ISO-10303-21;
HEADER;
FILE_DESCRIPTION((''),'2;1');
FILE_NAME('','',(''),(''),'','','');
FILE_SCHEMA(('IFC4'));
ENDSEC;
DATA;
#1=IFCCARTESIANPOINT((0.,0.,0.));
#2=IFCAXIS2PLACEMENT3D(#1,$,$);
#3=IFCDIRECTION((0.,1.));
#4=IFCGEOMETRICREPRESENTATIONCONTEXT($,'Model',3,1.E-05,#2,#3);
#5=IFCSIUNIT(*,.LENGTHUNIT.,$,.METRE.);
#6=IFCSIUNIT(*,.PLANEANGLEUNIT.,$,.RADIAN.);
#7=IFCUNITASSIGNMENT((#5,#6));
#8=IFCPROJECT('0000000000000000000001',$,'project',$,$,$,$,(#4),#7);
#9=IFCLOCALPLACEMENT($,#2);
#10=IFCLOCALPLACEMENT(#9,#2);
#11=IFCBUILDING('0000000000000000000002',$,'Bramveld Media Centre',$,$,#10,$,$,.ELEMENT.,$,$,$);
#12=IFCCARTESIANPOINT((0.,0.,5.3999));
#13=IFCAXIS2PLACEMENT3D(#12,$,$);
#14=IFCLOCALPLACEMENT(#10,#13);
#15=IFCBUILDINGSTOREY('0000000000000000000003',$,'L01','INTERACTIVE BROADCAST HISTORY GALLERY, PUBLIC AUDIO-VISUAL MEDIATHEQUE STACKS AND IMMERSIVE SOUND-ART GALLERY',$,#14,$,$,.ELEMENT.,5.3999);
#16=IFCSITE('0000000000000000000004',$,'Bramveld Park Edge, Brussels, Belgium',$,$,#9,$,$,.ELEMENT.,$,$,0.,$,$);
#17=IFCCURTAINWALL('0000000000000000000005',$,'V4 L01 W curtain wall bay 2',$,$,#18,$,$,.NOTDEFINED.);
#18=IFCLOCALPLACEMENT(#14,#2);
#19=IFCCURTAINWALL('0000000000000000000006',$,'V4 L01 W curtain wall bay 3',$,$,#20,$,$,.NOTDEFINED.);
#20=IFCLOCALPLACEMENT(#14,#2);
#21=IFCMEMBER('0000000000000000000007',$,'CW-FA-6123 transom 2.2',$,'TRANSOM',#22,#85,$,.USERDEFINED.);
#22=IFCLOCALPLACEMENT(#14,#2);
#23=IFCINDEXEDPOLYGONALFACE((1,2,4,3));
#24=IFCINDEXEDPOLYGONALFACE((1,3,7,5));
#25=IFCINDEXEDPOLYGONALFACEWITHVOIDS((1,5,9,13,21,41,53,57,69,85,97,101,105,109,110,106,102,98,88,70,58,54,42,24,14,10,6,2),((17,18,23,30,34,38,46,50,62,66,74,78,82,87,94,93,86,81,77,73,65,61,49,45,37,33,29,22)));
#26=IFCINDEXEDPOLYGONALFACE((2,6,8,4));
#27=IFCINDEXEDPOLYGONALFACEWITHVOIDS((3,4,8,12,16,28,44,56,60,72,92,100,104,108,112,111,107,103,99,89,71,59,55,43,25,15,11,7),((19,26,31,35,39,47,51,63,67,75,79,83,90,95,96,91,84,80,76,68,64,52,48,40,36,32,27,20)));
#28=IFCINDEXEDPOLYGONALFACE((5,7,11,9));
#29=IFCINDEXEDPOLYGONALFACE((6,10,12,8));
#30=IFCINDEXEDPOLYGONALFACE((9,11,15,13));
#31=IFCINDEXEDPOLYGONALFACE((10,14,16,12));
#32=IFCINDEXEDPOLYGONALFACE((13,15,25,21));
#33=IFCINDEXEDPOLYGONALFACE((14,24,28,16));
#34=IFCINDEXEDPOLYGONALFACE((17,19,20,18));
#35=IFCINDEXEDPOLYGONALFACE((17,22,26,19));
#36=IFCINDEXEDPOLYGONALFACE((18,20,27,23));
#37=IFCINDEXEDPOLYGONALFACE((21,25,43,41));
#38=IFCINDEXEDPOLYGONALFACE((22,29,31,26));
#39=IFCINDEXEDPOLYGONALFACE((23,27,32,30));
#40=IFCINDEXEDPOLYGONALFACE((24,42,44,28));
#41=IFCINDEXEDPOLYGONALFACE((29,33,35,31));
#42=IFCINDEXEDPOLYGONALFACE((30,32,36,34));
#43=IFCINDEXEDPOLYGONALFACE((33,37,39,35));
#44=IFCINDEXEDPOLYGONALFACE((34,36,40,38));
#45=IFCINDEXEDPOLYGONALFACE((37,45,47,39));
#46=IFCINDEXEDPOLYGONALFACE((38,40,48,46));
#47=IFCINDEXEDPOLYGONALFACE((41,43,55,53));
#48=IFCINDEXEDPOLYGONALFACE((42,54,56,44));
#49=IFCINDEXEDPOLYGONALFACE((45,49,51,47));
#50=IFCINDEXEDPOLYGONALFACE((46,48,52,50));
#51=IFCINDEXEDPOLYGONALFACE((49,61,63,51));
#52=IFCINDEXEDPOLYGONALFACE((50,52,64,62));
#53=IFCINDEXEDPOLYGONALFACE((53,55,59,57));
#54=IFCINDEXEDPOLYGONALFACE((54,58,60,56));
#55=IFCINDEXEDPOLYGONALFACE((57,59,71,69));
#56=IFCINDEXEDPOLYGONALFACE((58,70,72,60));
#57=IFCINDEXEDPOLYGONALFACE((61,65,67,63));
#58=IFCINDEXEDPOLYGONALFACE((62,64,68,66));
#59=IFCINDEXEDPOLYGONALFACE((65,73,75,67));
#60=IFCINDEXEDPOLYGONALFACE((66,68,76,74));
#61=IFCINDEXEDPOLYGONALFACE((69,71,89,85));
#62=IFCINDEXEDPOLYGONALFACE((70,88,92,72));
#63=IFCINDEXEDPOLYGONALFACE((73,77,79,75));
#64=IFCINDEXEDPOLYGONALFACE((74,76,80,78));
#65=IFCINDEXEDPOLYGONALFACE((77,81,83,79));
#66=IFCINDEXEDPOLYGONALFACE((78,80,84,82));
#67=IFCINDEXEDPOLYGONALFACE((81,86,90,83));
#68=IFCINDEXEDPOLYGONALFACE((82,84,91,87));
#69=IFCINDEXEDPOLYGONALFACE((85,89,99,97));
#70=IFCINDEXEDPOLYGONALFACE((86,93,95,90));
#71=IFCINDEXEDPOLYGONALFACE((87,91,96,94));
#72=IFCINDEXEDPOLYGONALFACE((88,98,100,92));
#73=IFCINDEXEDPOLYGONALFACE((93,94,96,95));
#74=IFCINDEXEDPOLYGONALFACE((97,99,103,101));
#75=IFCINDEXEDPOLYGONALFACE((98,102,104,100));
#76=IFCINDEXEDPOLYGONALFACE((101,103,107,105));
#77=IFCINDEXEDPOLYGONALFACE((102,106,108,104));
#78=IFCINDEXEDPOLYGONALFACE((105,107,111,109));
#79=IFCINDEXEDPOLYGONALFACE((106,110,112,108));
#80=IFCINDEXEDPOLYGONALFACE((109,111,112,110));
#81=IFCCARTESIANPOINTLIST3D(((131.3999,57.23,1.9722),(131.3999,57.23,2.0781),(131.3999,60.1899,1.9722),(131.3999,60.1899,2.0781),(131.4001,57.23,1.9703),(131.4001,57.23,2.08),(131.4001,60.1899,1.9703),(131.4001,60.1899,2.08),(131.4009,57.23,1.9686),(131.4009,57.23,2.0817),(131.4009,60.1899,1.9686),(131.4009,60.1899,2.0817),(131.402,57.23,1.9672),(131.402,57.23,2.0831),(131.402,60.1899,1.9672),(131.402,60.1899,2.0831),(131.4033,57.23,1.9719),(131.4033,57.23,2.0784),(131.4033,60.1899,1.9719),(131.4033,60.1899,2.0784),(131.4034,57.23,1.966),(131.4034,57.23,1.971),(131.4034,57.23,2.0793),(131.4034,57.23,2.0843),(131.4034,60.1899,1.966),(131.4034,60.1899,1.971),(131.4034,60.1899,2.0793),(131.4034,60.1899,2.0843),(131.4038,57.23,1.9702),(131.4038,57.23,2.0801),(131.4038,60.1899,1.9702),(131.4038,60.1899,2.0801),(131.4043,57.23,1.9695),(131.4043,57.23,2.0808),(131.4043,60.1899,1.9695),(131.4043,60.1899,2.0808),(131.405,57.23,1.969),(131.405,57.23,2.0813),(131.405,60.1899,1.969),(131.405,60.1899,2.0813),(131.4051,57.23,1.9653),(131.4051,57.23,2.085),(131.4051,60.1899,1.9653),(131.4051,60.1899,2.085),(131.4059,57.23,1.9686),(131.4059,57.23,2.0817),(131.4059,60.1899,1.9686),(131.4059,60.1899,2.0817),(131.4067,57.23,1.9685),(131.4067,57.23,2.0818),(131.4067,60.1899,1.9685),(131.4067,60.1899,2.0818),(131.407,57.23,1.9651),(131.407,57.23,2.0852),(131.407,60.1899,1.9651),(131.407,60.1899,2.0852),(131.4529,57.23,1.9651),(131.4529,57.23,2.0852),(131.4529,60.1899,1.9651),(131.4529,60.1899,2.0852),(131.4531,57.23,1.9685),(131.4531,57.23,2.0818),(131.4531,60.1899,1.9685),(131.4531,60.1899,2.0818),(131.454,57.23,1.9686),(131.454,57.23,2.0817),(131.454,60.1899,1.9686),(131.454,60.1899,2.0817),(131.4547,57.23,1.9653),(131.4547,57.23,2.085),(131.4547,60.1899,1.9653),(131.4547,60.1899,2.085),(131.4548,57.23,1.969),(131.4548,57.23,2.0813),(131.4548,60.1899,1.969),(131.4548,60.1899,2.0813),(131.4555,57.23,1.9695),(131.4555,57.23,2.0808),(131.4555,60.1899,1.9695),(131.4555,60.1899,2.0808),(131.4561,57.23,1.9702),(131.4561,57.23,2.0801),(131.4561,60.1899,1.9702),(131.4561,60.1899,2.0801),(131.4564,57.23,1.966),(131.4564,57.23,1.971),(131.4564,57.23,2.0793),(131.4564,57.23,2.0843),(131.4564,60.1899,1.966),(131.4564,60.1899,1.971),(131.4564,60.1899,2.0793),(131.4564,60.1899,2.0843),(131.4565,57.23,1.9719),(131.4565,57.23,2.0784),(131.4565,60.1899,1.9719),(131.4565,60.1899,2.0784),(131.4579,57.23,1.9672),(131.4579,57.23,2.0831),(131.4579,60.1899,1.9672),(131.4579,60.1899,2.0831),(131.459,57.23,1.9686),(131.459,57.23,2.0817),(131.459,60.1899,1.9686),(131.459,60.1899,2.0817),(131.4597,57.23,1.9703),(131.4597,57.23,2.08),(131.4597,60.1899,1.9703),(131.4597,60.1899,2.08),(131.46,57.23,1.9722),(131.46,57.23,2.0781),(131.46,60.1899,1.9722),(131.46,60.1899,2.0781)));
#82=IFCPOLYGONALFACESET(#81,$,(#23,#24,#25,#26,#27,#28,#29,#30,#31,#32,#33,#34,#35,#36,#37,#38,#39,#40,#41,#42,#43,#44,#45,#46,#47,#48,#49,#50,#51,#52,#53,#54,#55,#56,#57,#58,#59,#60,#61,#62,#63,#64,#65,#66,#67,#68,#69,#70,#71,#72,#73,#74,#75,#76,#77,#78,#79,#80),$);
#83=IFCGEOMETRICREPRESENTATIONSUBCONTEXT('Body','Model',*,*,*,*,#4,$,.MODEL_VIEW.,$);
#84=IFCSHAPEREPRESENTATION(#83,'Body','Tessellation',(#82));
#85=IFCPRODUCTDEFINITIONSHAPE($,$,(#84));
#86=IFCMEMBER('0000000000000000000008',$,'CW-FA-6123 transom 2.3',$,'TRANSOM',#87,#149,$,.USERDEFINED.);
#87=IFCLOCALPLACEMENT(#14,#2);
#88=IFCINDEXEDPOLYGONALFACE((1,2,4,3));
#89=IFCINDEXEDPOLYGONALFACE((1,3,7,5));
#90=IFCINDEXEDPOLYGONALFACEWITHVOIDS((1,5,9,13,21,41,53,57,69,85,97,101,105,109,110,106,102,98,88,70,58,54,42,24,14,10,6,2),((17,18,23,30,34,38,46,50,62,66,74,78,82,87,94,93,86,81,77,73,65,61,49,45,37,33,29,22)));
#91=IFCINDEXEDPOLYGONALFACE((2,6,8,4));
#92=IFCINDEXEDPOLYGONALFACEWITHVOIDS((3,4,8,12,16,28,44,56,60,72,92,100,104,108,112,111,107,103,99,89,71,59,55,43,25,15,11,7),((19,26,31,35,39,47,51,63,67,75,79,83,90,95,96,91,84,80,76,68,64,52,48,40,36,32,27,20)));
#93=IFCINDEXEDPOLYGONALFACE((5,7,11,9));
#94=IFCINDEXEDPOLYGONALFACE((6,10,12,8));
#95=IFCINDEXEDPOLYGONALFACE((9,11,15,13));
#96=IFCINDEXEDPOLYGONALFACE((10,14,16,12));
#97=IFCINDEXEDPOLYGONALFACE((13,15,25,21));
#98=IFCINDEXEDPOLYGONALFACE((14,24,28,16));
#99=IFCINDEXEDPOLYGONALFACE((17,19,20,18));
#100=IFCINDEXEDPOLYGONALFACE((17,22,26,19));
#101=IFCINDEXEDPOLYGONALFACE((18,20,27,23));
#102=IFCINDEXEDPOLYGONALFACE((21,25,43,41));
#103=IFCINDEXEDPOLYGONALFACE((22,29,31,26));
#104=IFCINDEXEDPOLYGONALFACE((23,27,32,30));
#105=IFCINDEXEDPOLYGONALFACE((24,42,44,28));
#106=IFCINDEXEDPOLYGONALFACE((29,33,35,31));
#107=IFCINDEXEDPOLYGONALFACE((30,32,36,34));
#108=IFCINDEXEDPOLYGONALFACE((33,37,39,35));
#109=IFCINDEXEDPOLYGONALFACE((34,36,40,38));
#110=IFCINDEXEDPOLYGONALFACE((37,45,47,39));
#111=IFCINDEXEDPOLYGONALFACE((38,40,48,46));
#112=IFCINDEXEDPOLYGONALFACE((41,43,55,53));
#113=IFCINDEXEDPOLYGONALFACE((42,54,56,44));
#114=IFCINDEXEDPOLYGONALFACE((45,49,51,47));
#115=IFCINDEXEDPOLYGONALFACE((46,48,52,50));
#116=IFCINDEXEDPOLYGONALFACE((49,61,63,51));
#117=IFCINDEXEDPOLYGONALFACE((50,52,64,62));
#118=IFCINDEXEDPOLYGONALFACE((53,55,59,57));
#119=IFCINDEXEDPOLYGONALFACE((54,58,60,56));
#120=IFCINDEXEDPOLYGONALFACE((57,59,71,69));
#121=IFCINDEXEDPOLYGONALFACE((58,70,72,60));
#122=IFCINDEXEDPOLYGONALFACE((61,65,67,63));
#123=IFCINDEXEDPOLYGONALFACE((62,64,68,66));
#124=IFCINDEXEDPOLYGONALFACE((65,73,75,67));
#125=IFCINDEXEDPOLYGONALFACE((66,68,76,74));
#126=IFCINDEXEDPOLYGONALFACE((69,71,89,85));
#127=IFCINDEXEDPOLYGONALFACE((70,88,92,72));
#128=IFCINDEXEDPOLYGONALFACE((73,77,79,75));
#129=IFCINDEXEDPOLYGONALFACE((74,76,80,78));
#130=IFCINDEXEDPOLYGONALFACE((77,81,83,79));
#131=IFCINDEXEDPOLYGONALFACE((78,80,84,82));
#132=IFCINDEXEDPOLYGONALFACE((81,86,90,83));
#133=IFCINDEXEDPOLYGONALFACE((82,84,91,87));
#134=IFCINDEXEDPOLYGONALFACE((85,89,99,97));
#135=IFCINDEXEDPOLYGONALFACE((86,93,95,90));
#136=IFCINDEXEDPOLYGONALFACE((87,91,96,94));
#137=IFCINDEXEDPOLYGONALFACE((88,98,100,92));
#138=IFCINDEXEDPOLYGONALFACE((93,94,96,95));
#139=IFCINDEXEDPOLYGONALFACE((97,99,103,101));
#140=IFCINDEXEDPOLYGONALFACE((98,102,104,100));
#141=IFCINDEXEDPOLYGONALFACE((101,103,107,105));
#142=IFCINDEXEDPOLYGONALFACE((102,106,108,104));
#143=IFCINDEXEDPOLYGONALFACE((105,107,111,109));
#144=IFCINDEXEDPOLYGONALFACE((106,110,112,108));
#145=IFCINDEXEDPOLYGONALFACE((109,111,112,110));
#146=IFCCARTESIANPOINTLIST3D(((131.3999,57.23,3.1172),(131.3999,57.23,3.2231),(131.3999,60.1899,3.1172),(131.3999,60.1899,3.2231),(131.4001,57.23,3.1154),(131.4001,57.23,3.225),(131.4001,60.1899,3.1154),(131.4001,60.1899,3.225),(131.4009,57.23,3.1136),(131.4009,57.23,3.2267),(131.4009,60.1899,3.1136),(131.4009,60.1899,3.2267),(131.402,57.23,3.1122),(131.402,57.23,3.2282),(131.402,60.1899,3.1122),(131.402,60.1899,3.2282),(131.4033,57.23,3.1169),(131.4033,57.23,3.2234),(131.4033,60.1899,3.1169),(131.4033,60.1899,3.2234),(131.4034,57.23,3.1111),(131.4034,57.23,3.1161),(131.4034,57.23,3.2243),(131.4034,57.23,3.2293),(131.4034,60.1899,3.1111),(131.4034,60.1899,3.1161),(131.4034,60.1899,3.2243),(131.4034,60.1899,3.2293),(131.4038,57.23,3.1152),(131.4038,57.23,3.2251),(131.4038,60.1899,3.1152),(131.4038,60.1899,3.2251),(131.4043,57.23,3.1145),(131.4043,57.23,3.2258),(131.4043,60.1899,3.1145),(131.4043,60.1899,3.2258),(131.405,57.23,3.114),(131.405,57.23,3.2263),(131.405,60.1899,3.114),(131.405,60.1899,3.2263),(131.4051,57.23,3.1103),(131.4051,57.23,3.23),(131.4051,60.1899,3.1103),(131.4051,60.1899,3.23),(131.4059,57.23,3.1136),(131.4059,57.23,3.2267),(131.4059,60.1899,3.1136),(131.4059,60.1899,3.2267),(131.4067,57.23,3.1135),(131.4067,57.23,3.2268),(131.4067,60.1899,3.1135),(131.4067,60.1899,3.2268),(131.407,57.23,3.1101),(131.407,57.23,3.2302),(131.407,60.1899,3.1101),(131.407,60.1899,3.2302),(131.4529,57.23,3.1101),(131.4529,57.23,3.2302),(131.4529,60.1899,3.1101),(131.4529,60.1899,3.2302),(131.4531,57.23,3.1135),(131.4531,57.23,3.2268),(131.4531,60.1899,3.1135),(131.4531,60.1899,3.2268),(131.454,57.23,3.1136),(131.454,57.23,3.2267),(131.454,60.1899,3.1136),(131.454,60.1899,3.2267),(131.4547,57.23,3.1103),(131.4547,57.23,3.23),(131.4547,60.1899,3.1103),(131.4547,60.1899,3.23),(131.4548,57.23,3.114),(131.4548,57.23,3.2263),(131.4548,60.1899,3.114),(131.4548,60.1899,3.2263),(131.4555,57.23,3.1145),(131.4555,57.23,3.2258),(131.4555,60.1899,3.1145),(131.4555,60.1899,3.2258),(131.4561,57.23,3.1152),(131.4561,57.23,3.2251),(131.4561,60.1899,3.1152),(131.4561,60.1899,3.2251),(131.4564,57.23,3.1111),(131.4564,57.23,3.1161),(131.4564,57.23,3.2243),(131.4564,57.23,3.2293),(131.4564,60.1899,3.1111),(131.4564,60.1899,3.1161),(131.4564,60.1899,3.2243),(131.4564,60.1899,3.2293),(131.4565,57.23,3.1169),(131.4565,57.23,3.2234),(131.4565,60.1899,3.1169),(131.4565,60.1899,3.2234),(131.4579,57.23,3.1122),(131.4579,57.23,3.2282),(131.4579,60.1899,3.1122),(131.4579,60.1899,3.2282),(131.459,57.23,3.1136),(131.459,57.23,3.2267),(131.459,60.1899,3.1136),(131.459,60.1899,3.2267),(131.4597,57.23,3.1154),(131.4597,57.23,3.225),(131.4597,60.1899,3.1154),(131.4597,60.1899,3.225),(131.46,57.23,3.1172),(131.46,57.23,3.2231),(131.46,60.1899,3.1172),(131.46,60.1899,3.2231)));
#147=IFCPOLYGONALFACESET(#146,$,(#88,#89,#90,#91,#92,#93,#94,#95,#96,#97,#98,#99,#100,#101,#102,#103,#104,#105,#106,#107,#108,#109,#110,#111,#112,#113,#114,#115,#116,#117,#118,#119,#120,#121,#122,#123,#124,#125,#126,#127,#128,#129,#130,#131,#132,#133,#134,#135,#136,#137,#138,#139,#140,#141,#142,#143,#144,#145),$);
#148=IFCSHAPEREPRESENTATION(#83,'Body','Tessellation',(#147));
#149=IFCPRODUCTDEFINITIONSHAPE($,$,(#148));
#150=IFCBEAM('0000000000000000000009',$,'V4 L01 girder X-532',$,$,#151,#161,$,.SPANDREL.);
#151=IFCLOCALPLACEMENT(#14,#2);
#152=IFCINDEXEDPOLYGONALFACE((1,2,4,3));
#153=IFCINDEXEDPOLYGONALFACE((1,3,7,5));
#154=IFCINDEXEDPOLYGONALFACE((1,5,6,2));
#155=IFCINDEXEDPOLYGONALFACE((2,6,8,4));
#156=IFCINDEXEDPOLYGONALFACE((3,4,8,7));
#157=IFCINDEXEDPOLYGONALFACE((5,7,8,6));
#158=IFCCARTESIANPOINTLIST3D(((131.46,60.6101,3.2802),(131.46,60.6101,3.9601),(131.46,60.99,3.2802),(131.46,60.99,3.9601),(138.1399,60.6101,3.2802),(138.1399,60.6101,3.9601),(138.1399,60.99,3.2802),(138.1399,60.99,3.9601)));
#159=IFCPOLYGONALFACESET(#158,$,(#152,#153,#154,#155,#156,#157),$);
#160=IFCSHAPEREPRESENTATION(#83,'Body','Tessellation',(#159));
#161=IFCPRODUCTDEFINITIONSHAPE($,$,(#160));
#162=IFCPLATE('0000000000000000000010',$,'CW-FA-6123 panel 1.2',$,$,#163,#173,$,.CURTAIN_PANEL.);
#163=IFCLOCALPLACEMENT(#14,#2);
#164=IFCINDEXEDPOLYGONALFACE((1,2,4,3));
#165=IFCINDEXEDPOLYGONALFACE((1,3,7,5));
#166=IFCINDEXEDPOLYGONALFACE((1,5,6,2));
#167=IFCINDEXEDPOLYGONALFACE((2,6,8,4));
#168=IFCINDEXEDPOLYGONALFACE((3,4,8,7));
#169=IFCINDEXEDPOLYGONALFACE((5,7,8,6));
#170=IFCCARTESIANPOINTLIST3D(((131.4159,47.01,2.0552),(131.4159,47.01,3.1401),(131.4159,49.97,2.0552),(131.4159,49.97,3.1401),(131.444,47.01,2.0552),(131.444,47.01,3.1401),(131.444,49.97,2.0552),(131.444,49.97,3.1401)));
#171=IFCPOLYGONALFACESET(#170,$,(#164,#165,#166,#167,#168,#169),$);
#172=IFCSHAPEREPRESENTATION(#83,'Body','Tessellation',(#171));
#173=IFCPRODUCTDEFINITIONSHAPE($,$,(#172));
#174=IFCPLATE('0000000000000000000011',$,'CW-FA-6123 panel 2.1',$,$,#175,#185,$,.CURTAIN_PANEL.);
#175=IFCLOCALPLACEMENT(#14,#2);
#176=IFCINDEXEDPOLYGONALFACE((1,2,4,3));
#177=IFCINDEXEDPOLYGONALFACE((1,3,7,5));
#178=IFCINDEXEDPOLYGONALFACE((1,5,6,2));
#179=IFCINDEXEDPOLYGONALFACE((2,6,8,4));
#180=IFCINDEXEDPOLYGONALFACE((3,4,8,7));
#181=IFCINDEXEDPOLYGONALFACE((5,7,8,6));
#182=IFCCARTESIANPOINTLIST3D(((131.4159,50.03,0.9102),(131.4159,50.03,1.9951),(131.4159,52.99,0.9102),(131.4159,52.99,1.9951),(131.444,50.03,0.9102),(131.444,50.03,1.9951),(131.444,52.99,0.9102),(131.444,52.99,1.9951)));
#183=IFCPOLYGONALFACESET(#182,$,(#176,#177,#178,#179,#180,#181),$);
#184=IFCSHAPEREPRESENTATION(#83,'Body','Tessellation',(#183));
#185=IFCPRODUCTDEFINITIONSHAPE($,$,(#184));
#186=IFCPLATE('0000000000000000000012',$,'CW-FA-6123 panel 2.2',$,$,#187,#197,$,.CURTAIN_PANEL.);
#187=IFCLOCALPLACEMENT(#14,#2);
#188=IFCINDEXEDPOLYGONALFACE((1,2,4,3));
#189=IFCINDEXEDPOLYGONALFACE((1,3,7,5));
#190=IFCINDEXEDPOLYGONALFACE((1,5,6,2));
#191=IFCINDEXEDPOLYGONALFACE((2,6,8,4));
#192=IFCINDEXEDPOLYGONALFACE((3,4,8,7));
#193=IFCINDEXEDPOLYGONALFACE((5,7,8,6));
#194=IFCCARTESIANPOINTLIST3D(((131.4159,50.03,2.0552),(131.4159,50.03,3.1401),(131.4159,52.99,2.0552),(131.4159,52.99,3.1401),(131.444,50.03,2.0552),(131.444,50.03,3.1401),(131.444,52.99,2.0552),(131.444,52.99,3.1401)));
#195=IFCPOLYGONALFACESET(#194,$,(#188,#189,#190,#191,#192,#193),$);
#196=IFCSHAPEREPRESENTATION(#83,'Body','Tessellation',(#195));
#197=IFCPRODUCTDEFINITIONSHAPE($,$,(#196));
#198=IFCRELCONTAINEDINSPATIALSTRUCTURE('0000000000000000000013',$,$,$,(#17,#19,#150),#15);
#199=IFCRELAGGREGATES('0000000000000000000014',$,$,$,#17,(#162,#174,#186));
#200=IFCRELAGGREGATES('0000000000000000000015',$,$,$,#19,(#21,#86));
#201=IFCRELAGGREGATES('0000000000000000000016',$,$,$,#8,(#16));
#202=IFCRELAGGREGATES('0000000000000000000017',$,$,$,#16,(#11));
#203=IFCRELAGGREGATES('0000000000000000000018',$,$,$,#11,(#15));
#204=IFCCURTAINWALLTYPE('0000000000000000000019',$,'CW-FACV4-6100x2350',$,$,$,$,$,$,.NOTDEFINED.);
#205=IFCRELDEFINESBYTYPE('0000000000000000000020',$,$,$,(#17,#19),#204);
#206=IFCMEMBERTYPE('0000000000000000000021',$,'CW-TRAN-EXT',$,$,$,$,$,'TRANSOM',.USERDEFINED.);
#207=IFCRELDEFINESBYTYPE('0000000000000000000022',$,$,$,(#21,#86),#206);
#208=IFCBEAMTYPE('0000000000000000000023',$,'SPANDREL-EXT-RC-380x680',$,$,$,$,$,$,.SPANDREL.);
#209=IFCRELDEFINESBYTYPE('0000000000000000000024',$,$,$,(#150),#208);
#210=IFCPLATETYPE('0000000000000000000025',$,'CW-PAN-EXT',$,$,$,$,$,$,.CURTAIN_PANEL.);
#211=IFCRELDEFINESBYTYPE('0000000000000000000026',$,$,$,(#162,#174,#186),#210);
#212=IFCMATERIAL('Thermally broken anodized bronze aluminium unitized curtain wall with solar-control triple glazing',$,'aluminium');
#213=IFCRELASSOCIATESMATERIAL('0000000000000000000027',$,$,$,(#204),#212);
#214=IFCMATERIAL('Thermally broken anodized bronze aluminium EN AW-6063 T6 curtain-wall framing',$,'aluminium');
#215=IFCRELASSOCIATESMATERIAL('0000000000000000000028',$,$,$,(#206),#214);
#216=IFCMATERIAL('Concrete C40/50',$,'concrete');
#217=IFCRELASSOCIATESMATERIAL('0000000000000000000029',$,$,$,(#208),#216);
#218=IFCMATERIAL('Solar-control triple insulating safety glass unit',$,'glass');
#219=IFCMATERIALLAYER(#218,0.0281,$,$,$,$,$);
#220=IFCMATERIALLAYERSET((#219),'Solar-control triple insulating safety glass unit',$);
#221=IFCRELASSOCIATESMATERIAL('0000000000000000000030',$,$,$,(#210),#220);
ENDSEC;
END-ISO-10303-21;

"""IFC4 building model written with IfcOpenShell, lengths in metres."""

from ifc_helpers import new_model, si_unit, direction, frame, origin, origin_2d, place, context, subcontext, project, spatial, rectangle, hollow_rectangle, extrude, material, layer, layer_set, material_profile, profile_set, type_object, element, aggregate, save


model = new_model("IFC4")

# Units and contexts
model_context = context("Model", 3, precision=1e-05, world=origin(), true_north=direction((0.0, 1.0)))
body_context = subcontext(model_context, "Body", "Model", "MODEL_VIEW")
ifc_project = project(units=[si_unit("LENGTHUNIT", "METRE"), si_unit("PLANEANGLEUNIT", "RADIAN")], contexts=[model_context])

# Site, building, storey
site_placement = place(None, origin())
site = spatial("IfcSite", under=ifc_project, at=site_placement, Name="Bramveld Park Edge, Brussels, Belgium", CompositionType="ELEMENT", RefElevation=0.0)
building_placement = place(site_placement, origin())
building = spatial("IfcBuilding", under=site, at=building_placement, Name="Bramveld Media Centre", CompositionType="ELEMENT")
storey_placement = place(building_placement, frame((0.0, 0.0, 5.3999)))
storey = spatial("IfcBuildingStorey", under=building, at=storey_placement, Name="L01", Description="INTERACTIVE BROADCAST HISTORY GALLERY, PUBLIC AUDIO-VISUAL MEDIATHEQUE STACKS AND IMMERSIVE SOUND-ART GALLERY", CompositionType="ELEMENT", Elevation=5.3999)

# Curtain walls
ifc_material_1 = material(Name="Thermally broken anodized bronze aluminium unitized curtain wall with solar-control triple glazing", Category="aluminium")
curtain_wall_type = type_object("IfcCurtainWallType", Name="CW-FACV4-6100x2350", PredefinedType="NOTDEFINED", material=ifc_material_1)
curtain_wall_1_placement = place(storey_placement, origin())
curtain_wall_1 = element("IfcCurtainWall", 1, at=curtain_wall_1_placement, inside=storey, type_object=curtain_wall_type, Name="V4 L01 W curtain wall bay 2", PredefinedType="NOTDEFINED")
curtain_wall_2_placement = place(storey_placement, origin())
curtain_wall_2 = element("IfcCurtainWall", 2, at=curtain_wall_2_placement, inside=storey, type_object=curtain_wall_type, Name="V4 L01 W curtain wall bay 3", PredefinedType="NOTDEFINED")

# Members
ifc_material_2 = material(Name="Thermally broken anodized bronze aluminium EN AW-6063 T6 curtain-wall framing", Category="aluminium")
ifc_material_profile_1 = material_profile(ifc_material_2, hollow_rectangle(XDim=0.0601, YDim=0.1201, WallThickness=0.0034, InnerFilletRadius=0.0034, OuterFilletRadius=0.0071, at=origin_2d()), Name="AL-TRAN 60x120")
ifc_profile_set_1 = profile_set([ifc_material_profile_1], Name="Thermally broken anodized bronze aluminium EN AW-6063 T6 curtain-wall framing")
member_type_1 = type_object("IfcMemberType", Name="CW-TRAN-EXT", ElementType="TRANSOM", PredefinedType="USERDEFINED", material=ifc_profile_set_1)
member_1_placement = place(storey_placement, frame((131.4299, 57.23, 2.0251), z_axis=(0.0, 1.0, 0.0), x_axis=(-1.0, 0.0, 0.0)))
member_1 = element("IfcMember", 3, at=member_1_placement, type_object=member_type_1, Name="CW-FA-6123 transom 2.2", ObjectType="TRANSOM", PredefinedType="USERDEFINED", context=body_context, shape_type="SweptSolid", body=[
    extrude(hollow_rectangle(XDim=0.0601, YDim=0.1201, WallThickness=0.0034, InnerFilletRadius=0.0034, OuterFilletRadius=0.0071, at=origin_2d()), origin(), (0.0, 0.0, 1.0), 2.96),
])
member_2_placement = place(storey_placement, frame((131.4299, 57.23, 3.1702), z_axis=(0.0, 1.0, 0.0), x_axis=(-1.0, 0.0, 0.0)))
member_2 = element("IfcMember", 4, at=member_2_placement, type_object=member_type_1, Name="CW-FA-6123 transom 2.3", ObjectType="TRANSOM", PredefinedType="USERDEFINED", context=body_context, shape_type="SweptSolid", body=[
    extrude(hollow_rectangle(XDim=0.0601, YDim=0.1201, WallThickness=0.0034, InnerFilletRadius=0.0034, OuterFilletRadius=0.0071, at=origin_2d()), origin(), (0.0, 0.0, 1.0), 2.96),
])

# Beam
ifc_material_3 = material(Name="Concrete C40/50", Category="concrete")
ifc_material_profile_2 = material_profile(ifc_material_3, rectangle(XDim=0.3799, YDim=0.6799, at=origin_2d()), Name="RC 380x680")
ifc_profile_set_2 = profile_set([ifc_material_profile_2], Name="Concrete C40/50")
beam_type_1 = type_object("IfcBeamType", Name="SPANDREL-EXT-RC-380x680", PredefinedType="SPANDREL", material=ifc_profile_set_2)
beam_1_placement = place(storey_placement, frame((131.46, 60.8, 3.6201), z_axis=(1.0, 0.0, 0.0), x_axis=(0.0, 1.0, 0.0)))
element("IfcBeam", 5, at=beam_1_placement, inside=storey, type_object=beam_type_1, Name="V4 L01 girder X-532", PredefinedType="SPANDREL", context=body_context, shape_type="SweptSolid", body=[
    extrude(rectangle(XDim=0.3799, YDim=0.6799, at=origin_2d()), origin(), (0.0, 0.0, 1.0), 6.6799),
])

# Plates
ifc_material_4 = material(Name="Solar-control triple insulating safety glass unit", Category="glass")
ifc_layer = layer(ifc_material_4, 0.0281)
ifc_layer_set = layer_set([ifc_layer], Name="Solar-control triple insulating safety glass unit")
plate_type = type_object("IfcPlateType", Name="CW-PAN-EXT", PredefinedType="CURTAIN_PANEL", material=ifc_layer_set)
plate_1_placement = place(storey_placement, frame((131.4299, 48.49, 2.0552), z_axis=(0.0, 0.0, 1.0), x_axis=(0.0, 1.0, 0.0)))
plate_1 = element("IfcPlate", 6, at=plate_1_placement, type_object=plate_type, Name="CW-FA-6123 panel 1.2", PredefinedType="CURTAIN_PANEL", context=body_context, shape_type="SweptSolid", body=[
    extrude(rectangle(XDim=2.96, YDim=0.0281, at=origin_2d()), origin(), (0.0, 0.0, 1.0), 1.085),
])
plate_2_placement = place(storey_placement, frame((131.4299, 51.51, 0.9102), z_axis=(0.0, 0.0, 1.0), x_axis=(0.0, 1.0, 0.0)))
plate_2 = element("IfcPlate", 7, at=plate_2_placement, type_object=plate_type, Name="CW-FA-6123 panel 2.1", PredefinedType="CURTAIN_PANEL", context=body_context, shape_type="SweptSolid", body=[
    extrude(rectangle(XDim=2.96, YDim=0.0281, at=origin_2d()), origin(), (0.0, 0.0, 1.0), 1.085),
])
plate_3_placement = place(storey_placement, frame((131.4299, 51.51, 2.0552), z_axis=(0.0, 0.0, 1.0), x_axis=(0.0, 1.0, 0.0)))
plate_3 = element("IfcPlate", 8, at=plate_3_placement, type_object=plate_type, Name="CW-FA-6123 panel 2.2", PredefinedType="CURTAIN_PANEL", context=body_context, shape_type="SweptSolid", body=[
    extrude(rectangle(XDim=2.96, YDim=0.0281, at=origin_2d()), origin(), (0.0, 0.0, 1.0), 1.085),
])
aggregate(curtain_wall_1, [plate_1, plate_2, plate_3])
aggregate(curtain_wall_2, [member_1, member_2])

save(model, "model.ifc")
